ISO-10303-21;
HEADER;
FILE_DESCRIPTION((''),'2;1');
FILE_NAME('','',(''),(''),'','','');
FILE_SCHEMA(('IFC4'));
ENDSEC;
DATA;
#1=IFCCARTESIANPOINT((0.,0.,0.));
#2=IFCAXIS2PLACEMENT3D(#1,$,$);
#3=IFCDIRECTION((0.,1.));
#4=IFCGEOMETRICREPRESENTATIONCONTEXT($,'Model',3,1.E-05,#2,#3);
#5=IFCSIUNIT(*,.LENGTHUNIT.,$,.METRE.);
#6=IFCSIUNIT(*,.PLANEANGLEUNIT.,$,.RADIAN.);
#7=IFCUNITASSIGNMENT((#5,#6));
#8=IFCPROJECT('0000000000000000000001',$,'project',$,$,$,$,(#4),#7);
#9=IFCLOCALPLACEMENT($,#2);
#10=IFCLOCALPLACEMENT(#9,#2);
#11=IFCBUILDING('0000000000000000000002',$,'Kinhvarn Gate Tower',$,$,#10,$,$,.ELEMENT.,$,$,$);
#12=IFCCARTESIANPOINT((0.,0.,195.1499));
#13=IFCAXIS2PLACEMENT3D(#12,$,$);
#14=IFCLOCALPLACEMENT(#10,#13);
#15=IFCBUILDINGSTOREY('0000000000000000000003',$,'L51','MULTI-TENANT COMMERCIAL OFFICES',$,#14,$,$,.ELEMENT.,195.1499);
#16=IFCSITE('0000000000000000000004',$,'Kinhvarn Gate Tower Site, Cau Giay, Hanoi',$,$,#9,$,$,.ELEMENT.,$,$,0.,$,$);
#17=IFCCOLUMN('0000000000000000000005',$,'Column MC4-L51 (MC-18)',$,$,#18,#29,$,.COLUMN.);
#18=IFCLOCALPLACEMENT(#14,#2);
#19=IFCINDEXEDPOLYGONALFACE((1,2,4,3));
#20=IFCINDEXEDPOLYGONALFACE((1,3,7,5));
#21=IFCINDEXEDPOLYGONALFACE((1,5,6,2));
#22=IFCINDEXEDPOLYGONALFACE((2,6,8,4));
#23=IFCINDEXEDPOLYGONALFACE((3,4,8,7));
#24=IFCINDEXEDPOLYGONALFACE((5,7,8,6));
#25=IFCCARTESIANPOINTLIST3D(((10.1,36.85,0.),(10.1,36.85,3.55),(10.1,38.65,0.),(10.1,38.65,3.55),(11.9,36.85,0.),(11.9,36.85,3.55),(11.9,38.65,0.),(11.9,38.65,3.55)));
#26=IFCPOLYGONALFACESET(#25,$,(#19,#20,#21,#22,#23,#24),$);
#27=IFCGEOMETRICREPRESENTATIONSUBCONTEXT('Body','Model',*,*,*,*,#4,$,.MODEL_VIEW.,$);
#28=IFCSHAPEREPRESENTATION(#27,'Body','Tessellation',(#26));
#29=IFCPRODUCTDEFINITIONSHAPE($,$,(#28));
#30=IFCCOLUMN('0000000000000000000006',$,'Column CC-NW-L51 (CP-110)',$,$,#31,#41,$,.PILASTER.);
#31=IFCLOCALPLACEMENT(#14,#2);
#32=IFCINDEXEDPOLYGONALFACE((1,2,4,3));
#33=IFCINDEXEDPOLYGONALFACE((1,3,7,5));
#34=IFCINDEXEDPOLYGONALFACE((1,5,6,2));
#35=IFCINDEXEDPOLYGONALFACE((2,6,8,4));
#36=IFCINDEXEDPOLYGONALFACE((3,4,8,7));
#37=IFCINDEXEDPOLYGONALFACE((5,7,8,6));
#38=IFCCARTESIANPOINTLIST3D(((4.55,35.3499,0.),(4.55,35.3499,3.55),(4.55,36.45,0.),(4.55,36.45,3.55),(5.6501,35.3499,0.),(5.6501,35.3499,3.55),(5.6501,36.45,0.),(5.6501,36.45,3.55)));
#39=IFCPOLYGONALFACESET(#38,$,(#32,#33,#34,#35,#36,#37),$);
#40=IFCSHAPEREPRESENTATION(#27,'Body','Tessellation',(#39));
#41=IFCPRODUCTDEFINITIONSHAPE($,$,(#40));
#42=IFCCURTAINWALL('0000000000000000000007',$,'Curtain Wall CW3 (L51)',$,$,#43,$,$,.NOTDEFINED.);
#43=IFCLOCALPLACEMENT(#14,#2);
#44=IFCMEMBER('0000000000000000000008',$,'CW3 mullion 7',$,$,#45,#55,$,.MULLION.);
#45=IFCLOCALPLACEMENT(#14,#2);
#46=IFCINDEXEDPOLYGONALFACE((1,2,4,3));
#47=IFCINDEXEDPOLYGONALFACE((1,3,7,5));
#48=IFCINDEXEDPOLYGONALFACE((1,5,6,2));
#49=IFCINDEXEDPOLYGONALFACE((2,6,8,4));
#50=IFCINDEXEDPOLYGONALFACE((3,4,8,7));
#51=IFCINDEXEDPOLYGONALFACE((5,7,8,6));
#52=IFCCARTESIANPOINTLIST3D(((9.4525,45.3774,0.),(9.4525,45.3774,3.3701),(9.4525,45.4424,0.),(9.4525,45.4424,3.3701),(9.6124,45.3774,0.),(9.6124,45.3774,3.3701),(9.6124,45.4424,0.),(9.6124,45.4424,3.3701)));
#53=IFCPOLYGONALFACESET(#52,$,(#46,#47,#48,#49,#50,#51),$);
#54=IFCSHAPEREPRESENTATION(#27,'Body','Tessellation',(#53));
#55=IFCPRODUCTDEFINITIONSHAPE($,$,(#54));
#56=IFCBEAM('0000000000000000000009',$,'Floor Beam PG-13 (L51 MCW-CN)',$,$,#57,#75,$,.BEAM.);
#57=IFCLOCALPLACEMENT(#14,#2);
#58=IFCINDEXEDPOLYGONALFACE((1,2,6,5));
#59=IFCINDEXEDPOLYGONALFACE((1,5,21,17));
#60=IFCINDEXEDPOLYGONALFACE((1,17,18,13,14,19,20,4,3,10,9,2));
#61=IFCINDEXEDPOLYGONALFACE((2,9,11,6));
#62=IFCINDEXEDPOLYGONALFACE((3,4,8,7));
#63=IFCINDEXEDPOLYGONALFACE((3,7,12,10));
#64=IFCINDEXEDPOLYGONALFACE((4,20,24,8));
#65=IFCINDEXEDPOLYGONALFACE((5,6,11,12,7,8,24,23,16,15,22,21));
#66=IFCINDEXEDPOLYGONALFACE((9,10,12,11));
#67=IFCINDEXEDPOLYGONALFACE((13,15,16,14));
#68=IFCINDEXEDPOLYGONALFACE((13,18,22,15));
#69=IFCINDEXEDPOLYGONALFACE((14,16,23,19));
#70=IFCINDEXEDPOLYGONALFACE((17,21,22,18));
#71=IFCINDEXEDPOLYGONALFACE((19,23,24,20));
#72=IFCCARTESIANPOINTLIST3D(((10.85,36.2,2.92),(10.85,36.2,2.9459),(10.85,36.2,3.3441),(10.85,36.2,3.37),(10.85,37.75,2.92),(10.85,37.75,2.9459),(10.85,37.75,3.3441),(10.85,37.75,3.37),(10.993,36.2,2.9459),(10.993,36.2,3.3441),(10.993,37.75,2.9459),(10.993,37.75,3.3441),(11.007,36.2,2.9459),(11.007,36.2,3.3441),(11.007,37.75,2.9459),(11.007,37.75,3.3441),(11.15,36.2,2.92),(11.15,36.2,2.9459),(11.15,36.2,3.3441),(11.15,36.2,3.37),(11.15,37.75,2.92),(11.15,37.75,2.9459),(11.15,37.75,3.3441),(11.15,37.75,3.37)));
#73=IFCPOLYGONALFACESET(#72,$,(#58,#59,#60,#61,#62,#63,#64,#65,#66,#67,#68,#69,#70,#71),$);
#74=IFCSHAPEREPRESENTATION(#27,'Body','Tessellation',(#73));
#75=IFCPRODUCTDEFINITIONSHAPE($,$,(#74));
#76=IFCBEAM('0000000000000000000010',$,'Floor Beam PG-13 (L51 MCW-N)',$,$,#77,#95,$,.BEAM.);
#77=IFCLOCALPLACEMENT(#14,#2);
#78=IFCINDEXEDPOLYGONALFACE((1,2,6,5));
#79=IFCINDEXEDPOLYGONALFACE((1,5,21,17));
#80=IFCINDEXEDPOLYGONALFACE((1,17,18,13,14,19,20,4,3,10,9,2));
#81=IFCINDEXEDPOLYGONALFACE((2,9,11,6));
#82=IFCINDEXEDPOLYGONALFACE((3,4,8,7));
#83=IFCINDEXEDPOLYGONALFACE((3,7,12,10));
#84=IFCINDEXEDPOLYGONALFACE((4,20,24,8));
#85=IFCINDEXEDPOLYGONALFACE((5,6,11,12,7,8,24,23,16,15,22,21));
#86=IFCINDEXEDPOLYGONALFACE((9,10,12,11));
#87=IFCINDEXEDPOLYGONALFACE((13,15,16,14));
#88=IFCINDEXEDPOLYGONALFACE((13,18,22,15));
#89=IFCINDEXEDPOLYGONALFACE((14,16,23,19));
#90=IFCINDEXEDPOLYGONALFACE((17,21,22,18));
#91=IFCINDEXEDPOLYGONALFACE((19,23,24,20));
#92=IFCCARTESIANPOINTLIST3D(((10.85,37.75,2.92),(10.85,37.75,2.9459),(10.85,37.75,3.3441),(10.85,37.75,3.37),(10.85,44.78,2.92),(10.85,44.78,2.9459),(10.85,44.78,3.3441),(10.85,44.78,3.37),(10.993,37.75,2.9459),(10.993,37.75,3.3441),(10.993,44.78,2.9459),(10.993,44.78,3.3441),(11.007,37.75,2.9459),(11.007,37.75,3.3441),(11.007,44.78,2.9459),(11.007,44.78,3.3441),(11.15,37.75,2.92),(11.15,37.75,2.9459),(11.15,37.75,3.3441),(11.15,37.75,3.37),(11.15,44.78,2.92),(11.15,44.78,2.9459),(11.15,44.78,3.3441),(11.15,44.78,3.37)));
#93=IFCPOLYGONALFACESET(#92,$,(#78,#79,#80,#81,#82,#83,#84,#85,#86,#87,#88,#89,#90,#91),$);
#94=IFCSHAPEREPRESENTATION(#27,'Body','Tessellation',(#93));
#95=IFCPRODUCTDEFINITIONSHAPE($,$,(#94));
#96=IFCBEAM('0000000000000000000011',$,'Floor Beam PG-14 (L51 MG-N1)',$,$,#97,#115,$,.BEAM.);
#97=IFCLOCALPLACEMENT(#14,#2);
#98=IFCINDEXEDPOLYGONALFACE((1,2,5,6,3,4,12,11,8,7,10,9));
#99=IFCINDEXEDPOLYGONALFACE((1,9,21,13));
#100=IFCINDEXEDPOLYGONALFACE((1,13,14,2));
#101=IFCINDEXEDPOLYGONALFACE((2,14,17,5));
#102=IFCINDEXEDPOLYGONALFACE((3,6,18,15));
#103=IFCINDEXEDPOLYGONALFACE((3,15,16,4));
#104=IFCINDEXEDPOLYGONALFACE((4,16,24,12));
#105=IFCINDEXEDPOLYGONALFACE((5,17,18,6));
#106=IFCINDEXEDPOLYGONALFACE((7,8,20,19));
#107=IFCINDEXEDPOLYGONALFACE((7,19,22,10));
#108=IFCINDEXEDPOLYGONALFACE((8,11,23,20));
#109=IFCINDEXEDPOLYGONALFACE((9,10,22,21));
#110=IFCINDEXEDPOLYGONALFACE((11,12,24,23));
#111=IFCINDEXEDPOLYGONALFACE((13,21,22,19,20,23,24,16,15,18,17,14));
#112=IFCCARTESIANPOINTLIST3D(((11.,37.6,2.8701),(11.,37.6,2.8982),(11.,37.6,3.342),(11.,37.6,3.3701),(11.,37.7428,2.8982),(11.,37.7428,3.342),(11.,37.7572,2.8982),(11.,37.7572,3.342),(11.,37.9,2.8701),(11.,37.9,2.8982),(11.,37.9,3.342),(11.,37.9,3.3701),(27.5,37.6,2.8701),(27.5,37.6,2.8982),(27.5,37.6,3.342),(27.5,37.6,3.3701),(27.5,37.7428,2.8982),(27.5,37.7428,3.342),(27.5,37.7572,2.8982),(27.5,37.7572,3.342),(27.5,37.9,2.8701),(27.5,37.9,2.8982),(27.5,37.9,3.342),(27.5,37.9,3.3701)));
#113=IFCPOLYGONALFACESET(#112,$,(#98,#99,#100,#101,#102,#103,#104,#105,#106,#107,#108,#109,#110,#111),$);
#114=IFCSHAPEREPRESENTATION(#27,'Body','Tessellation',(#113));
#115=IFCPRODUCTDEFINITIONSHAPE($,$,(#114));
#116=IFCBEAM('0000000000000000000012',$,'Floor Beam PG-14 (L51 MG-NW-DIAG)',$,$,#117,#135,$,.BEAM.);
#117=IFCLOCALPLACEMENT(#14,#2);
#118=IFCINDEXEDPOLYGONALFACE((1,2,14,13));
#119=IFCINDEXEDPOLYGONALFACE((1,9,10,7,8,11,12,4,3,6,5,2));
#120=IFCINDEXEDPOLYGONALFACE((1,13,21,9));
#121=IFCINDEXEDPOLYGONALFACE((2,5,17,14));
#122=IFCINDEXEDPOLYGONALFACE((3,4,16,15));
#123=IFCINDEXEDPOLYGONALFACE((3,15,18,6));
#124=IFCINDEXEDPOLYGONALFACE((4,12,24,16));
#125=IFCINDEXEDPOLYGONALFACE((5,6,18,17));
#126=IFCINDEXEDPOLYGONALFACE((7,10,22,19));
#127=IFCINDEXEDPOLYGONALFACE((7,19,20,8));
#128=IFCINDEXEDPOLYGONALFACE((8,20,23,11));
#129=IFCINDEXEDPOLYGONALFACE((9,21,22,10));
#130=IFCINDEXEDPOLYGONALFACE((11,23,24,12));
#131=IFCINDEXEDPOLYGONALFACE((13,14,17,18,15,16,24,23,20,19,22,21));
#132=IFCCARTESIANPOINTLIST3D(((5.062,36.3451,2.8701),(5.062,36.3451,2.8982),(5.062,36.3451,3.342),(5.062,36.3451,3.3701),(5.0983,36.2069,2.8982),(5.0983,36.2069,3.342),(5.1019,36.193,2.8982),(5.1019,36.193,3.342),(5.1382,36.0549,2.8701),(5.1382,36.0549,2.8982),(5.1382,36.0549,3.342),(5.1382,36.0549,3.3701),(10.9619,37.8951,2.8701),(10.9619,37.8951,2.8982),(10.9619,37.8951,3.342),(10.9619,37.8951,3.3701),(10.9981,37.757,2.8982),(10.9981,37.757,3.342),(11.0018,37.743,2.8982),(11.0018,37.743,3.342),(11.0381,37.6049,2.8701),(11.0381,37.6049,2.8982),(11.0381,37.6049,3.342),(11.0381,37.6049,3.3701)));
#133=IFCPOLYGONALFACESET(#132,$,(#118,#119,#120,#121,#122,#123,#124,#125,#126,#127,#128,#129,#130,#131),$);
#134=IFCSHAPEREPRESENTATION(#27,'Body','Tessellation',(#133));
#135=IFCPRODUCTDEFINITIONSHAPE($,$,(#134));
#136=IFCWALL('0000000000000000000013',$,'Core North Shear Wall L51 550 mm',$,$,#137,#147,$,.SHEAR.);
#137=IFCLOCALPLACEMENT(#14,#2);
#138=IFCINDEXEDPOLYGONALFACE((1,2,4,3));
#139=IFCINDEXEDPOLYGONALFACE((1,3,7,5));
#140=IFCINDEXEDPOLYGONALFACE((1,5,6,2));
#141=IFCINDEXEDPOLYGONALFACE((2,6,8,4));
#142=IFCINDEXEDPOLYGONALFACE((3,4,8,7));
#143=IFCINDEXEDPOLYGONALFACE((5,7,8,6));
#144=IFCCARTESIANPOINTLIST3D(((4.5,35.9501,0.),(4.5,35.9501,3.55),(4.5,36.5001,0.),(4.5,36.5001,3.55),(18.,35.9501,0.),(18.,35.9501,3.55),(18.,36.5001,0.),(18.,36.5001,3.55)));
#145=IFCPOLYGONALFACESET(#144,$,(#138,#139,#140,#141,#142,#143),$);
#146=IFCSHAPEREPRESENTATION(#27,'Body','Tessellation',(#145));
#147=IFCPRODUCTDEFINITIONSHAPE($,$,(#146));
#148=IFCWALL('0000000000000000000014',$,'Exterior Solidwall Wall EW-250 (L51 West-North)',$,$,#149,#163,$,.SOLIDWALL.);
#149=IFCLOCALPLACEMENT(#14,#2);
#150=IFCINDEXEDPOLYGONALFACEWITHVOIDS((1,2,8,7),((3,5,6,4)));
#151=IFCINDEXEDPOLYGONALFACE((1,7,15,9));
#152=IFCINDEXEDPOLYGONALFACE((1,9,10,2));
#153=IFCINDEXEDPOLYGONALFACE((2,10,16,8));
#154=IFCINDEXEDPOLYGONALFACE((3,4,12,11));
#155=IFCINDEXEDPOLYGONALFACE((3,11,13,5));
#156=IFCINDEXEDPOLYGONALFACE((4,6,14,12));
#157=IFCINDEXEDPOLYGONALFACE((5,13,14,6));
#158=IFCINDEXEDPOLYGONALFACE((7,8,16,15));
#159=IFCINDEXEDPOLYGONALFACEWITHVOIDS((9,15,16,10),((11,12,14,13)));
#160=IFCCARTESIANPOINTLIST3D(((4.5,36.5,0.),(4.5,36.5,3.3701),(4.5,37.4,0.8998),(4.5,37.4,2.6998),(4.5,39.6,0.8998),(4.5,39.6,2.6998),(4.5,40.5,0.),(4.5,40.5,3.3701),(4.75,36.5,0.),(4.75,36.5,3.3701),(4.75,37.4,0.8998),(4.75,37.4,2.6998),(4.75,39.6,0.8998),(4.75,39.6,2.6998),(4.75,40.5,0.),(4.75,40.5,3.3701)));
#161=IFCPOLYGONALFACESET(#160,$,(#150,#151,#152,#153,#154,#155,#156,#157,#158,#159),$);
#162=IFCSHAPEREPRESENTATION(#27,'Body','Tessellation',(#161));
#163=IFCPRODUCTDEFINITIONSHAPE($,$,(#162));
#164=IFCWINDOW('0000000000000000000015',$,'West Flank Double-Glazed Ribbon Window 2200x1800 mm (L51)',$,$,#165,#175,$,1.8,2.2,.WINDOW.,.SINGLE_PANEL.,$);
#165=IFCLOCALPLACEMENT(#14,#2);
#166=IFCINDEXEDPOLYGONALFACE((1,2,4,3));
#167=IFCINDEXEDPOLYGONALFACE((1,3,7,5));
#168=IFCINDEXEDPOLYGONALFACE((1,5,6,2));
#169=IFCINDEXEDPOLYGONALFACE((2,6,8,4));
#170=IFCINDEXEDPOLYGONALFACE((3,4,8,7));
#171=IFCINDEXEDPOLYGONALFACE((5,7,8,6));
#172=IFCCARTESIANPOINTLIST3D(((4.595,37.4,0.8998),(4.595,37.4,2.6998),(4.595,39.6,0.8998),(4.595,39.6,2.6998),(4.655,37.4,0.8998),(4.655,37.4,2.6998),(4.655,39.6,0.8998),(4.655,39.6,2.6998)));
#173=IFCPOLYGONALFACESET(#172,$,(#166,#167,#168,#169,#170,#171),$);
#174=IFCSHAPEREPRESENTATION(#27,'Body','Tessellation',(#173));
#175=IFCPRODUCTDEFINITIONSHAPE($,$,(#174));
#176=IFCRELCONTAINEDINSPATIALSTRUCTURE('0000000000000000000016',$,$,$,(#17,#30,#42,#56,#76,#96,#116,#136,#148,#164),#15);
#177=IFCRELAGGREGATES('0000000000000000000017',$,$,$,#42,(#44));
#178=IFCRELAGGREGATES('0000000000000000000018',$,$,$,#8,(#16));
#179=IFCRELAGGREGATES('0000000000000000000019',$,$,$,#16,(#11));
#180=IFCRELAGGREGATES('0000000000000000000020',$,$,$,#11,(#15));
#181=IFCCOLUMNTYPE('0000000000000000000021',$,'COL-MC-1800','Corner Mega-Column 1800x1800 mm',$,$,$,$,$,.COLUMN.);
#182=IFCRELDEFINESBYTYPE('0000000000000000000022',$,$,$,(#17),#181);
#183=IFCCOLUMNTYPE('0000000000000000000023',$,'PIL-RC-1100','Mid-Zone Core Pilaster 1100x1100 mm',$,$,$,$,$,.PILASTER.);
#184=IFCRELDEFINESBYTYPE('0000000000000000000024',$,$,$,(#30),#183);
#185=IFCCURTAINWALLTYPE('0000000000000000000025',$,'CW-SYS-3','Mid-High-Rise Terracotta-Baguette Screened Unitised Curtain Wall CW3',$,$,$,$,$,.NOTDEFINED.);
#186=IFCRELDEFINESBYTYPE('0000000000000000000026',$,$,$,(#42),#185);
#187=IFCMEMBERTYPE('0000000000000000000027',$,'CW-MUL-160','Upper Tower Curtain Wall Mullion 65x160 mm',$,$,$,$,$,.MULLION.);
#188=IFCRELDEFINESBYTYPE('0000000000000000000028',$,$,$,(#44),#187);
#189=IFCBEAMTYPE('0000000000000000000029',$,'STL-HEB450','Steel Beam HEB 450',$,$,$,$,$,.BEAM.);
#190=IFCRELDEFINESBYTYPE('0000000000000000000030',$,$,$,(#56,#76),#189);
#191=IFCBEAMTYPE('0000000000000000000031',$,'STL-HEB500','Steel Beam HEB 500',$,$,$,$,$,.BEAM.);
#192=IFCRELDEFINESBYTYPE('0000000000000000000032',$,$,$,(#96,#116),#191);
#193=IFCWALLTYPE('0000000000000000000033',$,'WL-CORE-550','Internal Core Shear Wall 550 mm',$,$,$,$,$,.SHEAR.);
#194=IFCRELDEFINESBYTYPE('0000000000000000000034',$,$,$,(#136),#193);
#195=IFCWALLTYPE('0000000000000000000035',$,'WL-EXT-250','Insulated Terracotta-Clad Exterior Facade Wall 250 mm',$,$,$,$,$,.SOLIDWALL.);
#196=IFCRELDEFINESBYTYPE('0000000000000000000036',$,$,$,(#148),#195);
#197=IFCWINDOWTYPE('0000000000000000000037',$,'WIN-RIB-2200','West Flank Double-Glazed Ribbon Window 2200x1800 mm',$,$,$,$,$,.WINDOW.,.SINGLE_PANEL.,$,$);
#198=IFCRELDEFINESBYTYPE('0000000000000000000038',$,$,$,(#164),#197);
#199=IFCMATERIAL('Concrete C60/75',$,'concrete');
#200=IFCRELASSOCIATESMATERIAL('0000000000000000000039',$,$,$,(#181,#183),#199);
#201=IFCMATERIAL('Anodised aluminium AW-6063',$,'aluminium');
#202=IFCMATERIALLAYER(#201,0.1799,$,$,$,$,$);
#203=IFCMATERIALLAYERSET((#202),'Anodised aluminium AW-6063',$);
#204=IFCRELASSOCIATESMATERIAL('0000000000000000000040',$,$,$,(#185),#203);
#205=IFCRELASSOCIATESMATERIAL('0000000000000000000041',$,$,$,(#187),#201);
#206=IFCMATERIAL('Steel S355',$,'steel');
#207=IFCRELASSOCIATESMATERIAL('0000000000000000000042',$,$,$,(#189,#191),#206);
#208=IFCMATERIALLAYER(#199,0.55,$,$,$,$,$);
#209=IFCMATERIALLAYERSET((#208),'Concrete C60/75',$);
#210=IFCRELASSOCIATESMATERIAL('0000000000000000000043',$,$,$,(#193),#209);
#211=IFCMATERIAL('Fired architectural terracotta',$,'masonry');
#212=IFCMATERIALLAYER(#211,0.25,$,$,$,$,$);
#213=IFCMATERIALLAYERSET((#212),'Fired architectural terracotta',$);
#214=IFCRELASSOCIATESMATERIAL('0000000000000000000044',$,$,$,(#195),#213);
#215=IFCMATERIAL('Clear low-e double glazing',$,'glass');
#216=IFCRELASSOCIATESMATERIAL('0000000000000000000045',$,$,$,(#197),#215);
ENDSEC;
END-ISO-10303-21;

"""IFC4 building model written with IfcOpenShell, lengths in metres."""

from ifc_helpers import new_model, si_unit, direction, frame, frame_2d, origin, origin_2d, place, context, subcontext, project, spatial, rectangle, i_section, extrude, material, layer, layer_set, material_profile, profile_set, type_object, element, fill, aggregate, save


model = new_model("IFC4")

# Units and contexts
model_context = context("Model", 3, precision=1e-05, world=origin(), true_north=direction((0.0, 1.0)))
body_context = subcontext(model_context, "Body", "Model", "MODEL_VIEW")
ifc_project = project(units=[si_unit("LENGTHUNIT", "METRE"), si_unit("PLANEANGLEUNIT", "RADIAN")], contexts=[model_context])

# Site, building, storey
site_placement = place(None, origin())
site = spatial("IfcSite", under=ifc_project, at=site_placement, Name="Kinhvarn Gate Tower Site, Cau Giay, Hanoi", CompositionType="ELEMENT", RefElevation=0.0)
building_placement = place(site_placement, origin())
building = spatial("IfcBuilding", under=site, at=building_placement, Name="Kinhvarn Gate Tower", CompositionType="ELEMENT")
storey_placement = place(building_placement, frame((0.0, 0.0, 195.1499)))
storey = spatial("IfcBuildingStorey", under=building, at=storey_placement, Name="L51", Description="MULTI-TENANT COMMERCIAL OFFICES", CompositionType="ELEMENT", Elevation=195.1499)

# Columns
ifc_material_1 = material(Name="Concrete C60/75", Category="concrete")
ifc_material_profile_1 = material_profile(ifc_material_1, rectangle(XDim=1.8, YDim=1.8, at=origin_2d()), Name="RC 1800x1800")
ifc_profile_set_1 = profile_set([ifc_material_profile_1], Name="Concrete C60/75")
column_type_1 = type_object("IfcColumnType", Name="COL-MC-1800", Description="Corner Mega-Column 1800x1800 mm", PredefinedType="COLUMN", material=ifc_profile_set_1)
column_1_placement = place(storey_placement, frame((11.0, 37.75, 0.0), z_axis=(0.0, 0.0, 1.0), x_axis=(1.0, 0.0, 0.0)))
element("IfcColumn", 1, at=column_1_placement, inside=storey, type_object=column_type_1, Name="Column MC4-L51 (MC-18)", PredefinedType="COLUMN", context=body_context, shape_type="SweptSolid", body=[
    extrude(rectangle(XDim=1.8, YDim=1.8, at=origin_2d()), origin(), (0.0, 0.0, 1.0), 3.55),
])
ifc_material_profile_2 = material_profile(ifc_material_1, rectangle(XDim=1.1001, YDim=1.1001, at=origin_2d()), Name="RC 1100x1100")
ifc_profile_set_2 = profile_set([ifc_material_profile_2], Name="Concrete C60/75")
column_type_2 = type_object("IfcColumnType", Name="PIL-RC-1100", Description="Mid-Zone Core Pilaster 1100x1100 mm", PredefinedType="PILASTER", material=ifc_profile_set_2)
column_2_placement = place(storey_placement, frame((5.1001, 35.8999, 0.0), z_axis=(0.0, 0.0, 1.0), x_axis=(1.0, 0.0, 0.0)))
element("IfcColumn", 2, at=column_2_placement, inside=storey, type_object=column_type_2, Name="Column CC-NW-L51 (CP-110)", PredefinedType="PILASTER", context=body_context, shape_type="SweptSolid", body=[
    extrude(rectangle(XDim=1.1001, YDim=1.1001, at=origin_2d()), origin(), (0.0, 0.0, 1.0), 3.55),
])

# Curtain wall, member
ifc_material_2 = material(Name="Anodised aluminium AW-6063", Category="aluminium")
ifc_layer_1 = layer(ifc_material_2, 0.1799)
ifc_layer_set_1 = layer_set([ifc_layer_1], Name="Anodised aluminium AW-6063")
curtain_wall_type = type_object("IfcCurtainWallType", Name="CW-SYS-3", Description="Mid-High-Rise Terracotta-Baguette Screened Unitised Curtain Wall CW3", PredefinedType="NOTDEFINED", material=ifc_layer_set_1)
curtain_wall_placement = place(storey_placement, origin())
curtain_wall = element("IfcCurtainWall", 3, at=curtain_wall_placement, inside=storey, type_object=curtain_wall_type, Name="Curtain Wall CW3 (L51)", PredefinedType="NOTDEFINED")
ifc_material_profile_3 = material_profile(ifc_material_2, rectangle(XDim=0.0649, YDim=0.1599, at=origin_2d()), Name="ALU 65x160")
ifc_profile_set_3 = profile_set([ifc_material_profile_3], Name="Anodised aluminium AW-6063")
member_type = type_object("IfcMemberType", Name="CW-MUL-160", Description="Upper Tower Curtain Wall Mullion 65x160 mm", PredefinedType="MULLION", material=ifc_profile_set_3)
member_placement = place(storey_placement, frame((9.5325, 45.4099, 0.0), z_axis=(0.0, 0.0, 1.0), x_axis=(0.0, -1.0, 0.0)))
member = element("IfcMember", 4, at=member_placement, type_object=member_type, Name="CW3 mullion 7", PredefinedType="MULLION", context=body_context, shape_type="SweptSolid", body=[
    extrude(rectangle(XDim=0.0649, YDim=0.1599, at=origin_2d()), origin(), (0.0, 0.0, 1.0), 3.3701),
])
aggregate(curtain_wall, [member])

# Beams
ifc_material_3 = material(Name="Steel S355", Category="steel")
ifc_material_profile_4 = material_profile(ifc_material_3, i_section(OverallWidth=0.3, OverallDepth=0.45, WebThickness=0.0139, FlangeThickness=0.0259, at=origin_2d()), Name="HEB 450")
ifc_profile_set_4 = profile_set([ifc_material_profile_4], Name="Steel S355")
beam_type_1 = type_object("IfcBeamType", Name="STL-HEB450", Description="Steel Beam HEB 450", PredefinedType="BEAM", material=ifc_profile_set_4)
beam_1_placement = place(storey_placement, frame((11.0, 36.2, 3.145), z_axis=(0.0, 1.0, 0.0), x_axis=(-1.0, 0.0, 0.0)))
element("IfcBeam", 5, at=beam_1_placement, inside=storey, type_object=beam_type_1, Name="Floor Beam PG-13 (L51 MCW-CN)", PredefinedType="BEAM", context=body_context, shape_type="SweptSolid", body=[
    extrude(i_section(OverallWidth=0.3, OverallDepth=0.45, WebThickness=0.0139, FlangeThickness=0.0259, at=origin_2d()), origin(), (0.0, 0.0, 1.0), 1.55),
])
beam_2_placement = place(storey_placement, frame((11.0, 37.75, 3.145), z_axis=(0.0, 1.0, 0.0), x_axis=(-1.0, 0.0, 0.0)))
element("IfcBeam", 6, at=beam_2_placement, inside=storey, type_object=beam_type_1, Name="Floor Beam PG-13 (L51 MCW-N)", PredefinedType="BEAM", context=body_context, shape_type="SweptSolid", body=[
    extrude(i_section(OverallWidth=0.3, OverallDepth=0.45, WebThickness=0.0139, FlangeThickness=0.0259, at=origin_2d()), origin(), (0.0, 0.0, 1.0), 7.03),
])
ifc_material_profile_5 = material_profile(ifc_material_3, i_section(OverallWidth=0.3, OverallDepth=0.5, WebThickness=0.0144, FlangeThickness=0.0281, at=origin_2d()), Name="HEB 500")
ifc_profile_set_5 = profile_set([ifc_material_profile_5], Name="Steel S355")
beam_type_2 = type_object("IfcBeamType", Name="STL-HEB500", Description="Steel Beam HEB 500", PredefinedType="BEAM", material=ifc_profile_set_5)
beam_3_placement = place(storey_placement, frame((11.0, 37.75, 3.1201), z_axis=(1.0, 0.0, 0.0), x_axis=(0.0, 1.0, 0.0)))
element("IfcBeam", 7, at=beam_3_placement, inside=storey, type_object=beam_type_2, Name="Floor Beam PG-14 (L51 MG-N1)", PredefinedType="BEAM", context=body_context, shape_type="SweptSolid", body=[
    extrude(i_section(OverallWidth=0.3, OverallDepth=0.5, WebThickness=0.0144, FlangeThickness=0.0281, at=origin_2d()), origin(), (0.0, 0.0, 1.0), 16.5),
])
beam_4_placement = place(storey_placement, frame((5.1001, 36.2, 3.1201), z_axis=(0.967178, 0.254101, 0.0), x_axis=(-0.254101, 0.967178, 0.0)))
element("IfcBeam", 8, at=beam_4_placement, inside=storey, type_object=beam_type_2, Name="Floor Beam PG-14 (L51 MG-NW-DIAG)", PredefinedType="BEAM", context=body_context, shape_type="SweptSolid", body=[
    extrude(i_section(OverallWidth=0.3, OverallDepth=0.5, WebThickness=0.0144, FlangeThickness=0.0281, at=origin_2d()), origin(), (0.0, 0.0, 1.0), 6.1001),
])

# Wall
ifc_layer_2 = layer(ifc_material_1, 0.55)
ifc_layer_set_2 = layer_set([ifc_layer_2], Name="Concrete C60/75")
wall_type_1 = type_object("IfcWallType", Name="WL-CORE-550", Description="Internal Core Shear Wall 550 mm", PredefinedType="SHEAR", material=ifc_layer_set_2)
wall_1_placement = place(storey_placement, frame((4.5, 36.2251, 0.0), z_axis=(0.0, 0.0, 1.0), x_axis=(1.0, 0.0, 0.0)))
element("IfcWall", 9, at=wall_1_placement, inside=storey, type_object=wall_type_1, Name="Core North Shear Wall L51 550 mm", PredefinedType="SHEAR", context=body_context, shape_type="SweptSolid", body=[
    extrude(rectangle(XDim=13.5, YDim=0.55, at=frame_2d((6.75, 0.0))), origin(), (0.0, 0.0, 1.0), 3.55),
])

# Wall, opening, window
ifc_material_4 = material(Name="Fired architectural terracotta", Category="masonry")
ifc_layer_3 = layer(ifc_material_4, 0.25)
ifc_layer_set_3 = layer_set([ifc_layer_3], Name="Fired architectural terracotta")
wall_type_2 = type_object("IfcWallType", Name="WL-EXT-250", Description="Insulated Terracotta-Clad Exterior Facade Wall 250 mm", PredefinedType="SOLIDWALL", material=ifc_layer_set_3)
wall_2_placement = place(storey_placement, frame((4.625, 40.5, 0.0), z_axis=(0.0, 0.0, 1.0), x_axis=(0.0, -1.0, 0.0)))
wall_2 = element("IfcWall", 10, at=wall_2_placement, inside=storey, type_object=wall_type_2, Name="Exterior Solidwall Wall EW-250 (L51 West-North)", PredefinedType="SOLIDWALL", context=body_context, shape_type="SweptSolid", body=[
    extrude(rectangle(XDim=4.0, YDim=0.25, at=frame_2d((2.0, 0.0))), origin(), (0.0, 0.0, 1.0), 3.3701),
])
opening_1_placement = place(wall_2_placement, frame((0.8999, 0.0, 0.8999)))
opening_1 = element("IfcOpeningElement", 11, at=opening_1_placement, cuts=wall_2, PredefinedType="OPENING", context=body_context, shape_type="SweptSolid", body=[
    extrude(rectangle(XDim=2.2, YDim=1.8, at=frame_2d((1.1001, 0.8999))), frame((0.0, 0.135, 0.0), z_axis=(0.0, -1.0, 0.0), x_axis=(1.0, 0.0, 0.0)), (0.0, 0.0, 1.0), 0.27),
])
ifc_material_5 = material(Name="Clear low-e double glazing", Category="glass")
window_type_1 = type_object("IfcWindowType", Name="WIN-RIB-2200", Description="West Flank Double-Glazed Ribbon Window 2200x1800 mm", PartitioningType="SINGLE_PANEL", PredefinedType="WINDOW", material=ifc_material_5)
window_1_placement = place(opening_1_placement, origin())
window_1 = element("IfcWindow", 12, at=window_1_placement, inside=storey, type_object=window_type_1, Name="West Flank Double-Glazed Ribbon Window 2200x1800 mm (L51)", OverallHeight=1.8, OverallWidth=2.2, PartitioningType="SINGLE_PANEL", PredefinedType="WINDOW", context=body_context, shape_type="SweptSolid", body=[
    extrude(rectangle(XDim=2.2, YDim=1.8, at=frame_2d((1.1001, 0.8999))), frame((0.0, 0.03, 0.0), z_axis=(0.0, -1.0, 0.0), x_axis=(1.0, 0.0, 0.0)), (0.0, 0.0, 1.0), 0.0601),
])
fill(opening_1, window_1)

save(model, "model.ifc")
